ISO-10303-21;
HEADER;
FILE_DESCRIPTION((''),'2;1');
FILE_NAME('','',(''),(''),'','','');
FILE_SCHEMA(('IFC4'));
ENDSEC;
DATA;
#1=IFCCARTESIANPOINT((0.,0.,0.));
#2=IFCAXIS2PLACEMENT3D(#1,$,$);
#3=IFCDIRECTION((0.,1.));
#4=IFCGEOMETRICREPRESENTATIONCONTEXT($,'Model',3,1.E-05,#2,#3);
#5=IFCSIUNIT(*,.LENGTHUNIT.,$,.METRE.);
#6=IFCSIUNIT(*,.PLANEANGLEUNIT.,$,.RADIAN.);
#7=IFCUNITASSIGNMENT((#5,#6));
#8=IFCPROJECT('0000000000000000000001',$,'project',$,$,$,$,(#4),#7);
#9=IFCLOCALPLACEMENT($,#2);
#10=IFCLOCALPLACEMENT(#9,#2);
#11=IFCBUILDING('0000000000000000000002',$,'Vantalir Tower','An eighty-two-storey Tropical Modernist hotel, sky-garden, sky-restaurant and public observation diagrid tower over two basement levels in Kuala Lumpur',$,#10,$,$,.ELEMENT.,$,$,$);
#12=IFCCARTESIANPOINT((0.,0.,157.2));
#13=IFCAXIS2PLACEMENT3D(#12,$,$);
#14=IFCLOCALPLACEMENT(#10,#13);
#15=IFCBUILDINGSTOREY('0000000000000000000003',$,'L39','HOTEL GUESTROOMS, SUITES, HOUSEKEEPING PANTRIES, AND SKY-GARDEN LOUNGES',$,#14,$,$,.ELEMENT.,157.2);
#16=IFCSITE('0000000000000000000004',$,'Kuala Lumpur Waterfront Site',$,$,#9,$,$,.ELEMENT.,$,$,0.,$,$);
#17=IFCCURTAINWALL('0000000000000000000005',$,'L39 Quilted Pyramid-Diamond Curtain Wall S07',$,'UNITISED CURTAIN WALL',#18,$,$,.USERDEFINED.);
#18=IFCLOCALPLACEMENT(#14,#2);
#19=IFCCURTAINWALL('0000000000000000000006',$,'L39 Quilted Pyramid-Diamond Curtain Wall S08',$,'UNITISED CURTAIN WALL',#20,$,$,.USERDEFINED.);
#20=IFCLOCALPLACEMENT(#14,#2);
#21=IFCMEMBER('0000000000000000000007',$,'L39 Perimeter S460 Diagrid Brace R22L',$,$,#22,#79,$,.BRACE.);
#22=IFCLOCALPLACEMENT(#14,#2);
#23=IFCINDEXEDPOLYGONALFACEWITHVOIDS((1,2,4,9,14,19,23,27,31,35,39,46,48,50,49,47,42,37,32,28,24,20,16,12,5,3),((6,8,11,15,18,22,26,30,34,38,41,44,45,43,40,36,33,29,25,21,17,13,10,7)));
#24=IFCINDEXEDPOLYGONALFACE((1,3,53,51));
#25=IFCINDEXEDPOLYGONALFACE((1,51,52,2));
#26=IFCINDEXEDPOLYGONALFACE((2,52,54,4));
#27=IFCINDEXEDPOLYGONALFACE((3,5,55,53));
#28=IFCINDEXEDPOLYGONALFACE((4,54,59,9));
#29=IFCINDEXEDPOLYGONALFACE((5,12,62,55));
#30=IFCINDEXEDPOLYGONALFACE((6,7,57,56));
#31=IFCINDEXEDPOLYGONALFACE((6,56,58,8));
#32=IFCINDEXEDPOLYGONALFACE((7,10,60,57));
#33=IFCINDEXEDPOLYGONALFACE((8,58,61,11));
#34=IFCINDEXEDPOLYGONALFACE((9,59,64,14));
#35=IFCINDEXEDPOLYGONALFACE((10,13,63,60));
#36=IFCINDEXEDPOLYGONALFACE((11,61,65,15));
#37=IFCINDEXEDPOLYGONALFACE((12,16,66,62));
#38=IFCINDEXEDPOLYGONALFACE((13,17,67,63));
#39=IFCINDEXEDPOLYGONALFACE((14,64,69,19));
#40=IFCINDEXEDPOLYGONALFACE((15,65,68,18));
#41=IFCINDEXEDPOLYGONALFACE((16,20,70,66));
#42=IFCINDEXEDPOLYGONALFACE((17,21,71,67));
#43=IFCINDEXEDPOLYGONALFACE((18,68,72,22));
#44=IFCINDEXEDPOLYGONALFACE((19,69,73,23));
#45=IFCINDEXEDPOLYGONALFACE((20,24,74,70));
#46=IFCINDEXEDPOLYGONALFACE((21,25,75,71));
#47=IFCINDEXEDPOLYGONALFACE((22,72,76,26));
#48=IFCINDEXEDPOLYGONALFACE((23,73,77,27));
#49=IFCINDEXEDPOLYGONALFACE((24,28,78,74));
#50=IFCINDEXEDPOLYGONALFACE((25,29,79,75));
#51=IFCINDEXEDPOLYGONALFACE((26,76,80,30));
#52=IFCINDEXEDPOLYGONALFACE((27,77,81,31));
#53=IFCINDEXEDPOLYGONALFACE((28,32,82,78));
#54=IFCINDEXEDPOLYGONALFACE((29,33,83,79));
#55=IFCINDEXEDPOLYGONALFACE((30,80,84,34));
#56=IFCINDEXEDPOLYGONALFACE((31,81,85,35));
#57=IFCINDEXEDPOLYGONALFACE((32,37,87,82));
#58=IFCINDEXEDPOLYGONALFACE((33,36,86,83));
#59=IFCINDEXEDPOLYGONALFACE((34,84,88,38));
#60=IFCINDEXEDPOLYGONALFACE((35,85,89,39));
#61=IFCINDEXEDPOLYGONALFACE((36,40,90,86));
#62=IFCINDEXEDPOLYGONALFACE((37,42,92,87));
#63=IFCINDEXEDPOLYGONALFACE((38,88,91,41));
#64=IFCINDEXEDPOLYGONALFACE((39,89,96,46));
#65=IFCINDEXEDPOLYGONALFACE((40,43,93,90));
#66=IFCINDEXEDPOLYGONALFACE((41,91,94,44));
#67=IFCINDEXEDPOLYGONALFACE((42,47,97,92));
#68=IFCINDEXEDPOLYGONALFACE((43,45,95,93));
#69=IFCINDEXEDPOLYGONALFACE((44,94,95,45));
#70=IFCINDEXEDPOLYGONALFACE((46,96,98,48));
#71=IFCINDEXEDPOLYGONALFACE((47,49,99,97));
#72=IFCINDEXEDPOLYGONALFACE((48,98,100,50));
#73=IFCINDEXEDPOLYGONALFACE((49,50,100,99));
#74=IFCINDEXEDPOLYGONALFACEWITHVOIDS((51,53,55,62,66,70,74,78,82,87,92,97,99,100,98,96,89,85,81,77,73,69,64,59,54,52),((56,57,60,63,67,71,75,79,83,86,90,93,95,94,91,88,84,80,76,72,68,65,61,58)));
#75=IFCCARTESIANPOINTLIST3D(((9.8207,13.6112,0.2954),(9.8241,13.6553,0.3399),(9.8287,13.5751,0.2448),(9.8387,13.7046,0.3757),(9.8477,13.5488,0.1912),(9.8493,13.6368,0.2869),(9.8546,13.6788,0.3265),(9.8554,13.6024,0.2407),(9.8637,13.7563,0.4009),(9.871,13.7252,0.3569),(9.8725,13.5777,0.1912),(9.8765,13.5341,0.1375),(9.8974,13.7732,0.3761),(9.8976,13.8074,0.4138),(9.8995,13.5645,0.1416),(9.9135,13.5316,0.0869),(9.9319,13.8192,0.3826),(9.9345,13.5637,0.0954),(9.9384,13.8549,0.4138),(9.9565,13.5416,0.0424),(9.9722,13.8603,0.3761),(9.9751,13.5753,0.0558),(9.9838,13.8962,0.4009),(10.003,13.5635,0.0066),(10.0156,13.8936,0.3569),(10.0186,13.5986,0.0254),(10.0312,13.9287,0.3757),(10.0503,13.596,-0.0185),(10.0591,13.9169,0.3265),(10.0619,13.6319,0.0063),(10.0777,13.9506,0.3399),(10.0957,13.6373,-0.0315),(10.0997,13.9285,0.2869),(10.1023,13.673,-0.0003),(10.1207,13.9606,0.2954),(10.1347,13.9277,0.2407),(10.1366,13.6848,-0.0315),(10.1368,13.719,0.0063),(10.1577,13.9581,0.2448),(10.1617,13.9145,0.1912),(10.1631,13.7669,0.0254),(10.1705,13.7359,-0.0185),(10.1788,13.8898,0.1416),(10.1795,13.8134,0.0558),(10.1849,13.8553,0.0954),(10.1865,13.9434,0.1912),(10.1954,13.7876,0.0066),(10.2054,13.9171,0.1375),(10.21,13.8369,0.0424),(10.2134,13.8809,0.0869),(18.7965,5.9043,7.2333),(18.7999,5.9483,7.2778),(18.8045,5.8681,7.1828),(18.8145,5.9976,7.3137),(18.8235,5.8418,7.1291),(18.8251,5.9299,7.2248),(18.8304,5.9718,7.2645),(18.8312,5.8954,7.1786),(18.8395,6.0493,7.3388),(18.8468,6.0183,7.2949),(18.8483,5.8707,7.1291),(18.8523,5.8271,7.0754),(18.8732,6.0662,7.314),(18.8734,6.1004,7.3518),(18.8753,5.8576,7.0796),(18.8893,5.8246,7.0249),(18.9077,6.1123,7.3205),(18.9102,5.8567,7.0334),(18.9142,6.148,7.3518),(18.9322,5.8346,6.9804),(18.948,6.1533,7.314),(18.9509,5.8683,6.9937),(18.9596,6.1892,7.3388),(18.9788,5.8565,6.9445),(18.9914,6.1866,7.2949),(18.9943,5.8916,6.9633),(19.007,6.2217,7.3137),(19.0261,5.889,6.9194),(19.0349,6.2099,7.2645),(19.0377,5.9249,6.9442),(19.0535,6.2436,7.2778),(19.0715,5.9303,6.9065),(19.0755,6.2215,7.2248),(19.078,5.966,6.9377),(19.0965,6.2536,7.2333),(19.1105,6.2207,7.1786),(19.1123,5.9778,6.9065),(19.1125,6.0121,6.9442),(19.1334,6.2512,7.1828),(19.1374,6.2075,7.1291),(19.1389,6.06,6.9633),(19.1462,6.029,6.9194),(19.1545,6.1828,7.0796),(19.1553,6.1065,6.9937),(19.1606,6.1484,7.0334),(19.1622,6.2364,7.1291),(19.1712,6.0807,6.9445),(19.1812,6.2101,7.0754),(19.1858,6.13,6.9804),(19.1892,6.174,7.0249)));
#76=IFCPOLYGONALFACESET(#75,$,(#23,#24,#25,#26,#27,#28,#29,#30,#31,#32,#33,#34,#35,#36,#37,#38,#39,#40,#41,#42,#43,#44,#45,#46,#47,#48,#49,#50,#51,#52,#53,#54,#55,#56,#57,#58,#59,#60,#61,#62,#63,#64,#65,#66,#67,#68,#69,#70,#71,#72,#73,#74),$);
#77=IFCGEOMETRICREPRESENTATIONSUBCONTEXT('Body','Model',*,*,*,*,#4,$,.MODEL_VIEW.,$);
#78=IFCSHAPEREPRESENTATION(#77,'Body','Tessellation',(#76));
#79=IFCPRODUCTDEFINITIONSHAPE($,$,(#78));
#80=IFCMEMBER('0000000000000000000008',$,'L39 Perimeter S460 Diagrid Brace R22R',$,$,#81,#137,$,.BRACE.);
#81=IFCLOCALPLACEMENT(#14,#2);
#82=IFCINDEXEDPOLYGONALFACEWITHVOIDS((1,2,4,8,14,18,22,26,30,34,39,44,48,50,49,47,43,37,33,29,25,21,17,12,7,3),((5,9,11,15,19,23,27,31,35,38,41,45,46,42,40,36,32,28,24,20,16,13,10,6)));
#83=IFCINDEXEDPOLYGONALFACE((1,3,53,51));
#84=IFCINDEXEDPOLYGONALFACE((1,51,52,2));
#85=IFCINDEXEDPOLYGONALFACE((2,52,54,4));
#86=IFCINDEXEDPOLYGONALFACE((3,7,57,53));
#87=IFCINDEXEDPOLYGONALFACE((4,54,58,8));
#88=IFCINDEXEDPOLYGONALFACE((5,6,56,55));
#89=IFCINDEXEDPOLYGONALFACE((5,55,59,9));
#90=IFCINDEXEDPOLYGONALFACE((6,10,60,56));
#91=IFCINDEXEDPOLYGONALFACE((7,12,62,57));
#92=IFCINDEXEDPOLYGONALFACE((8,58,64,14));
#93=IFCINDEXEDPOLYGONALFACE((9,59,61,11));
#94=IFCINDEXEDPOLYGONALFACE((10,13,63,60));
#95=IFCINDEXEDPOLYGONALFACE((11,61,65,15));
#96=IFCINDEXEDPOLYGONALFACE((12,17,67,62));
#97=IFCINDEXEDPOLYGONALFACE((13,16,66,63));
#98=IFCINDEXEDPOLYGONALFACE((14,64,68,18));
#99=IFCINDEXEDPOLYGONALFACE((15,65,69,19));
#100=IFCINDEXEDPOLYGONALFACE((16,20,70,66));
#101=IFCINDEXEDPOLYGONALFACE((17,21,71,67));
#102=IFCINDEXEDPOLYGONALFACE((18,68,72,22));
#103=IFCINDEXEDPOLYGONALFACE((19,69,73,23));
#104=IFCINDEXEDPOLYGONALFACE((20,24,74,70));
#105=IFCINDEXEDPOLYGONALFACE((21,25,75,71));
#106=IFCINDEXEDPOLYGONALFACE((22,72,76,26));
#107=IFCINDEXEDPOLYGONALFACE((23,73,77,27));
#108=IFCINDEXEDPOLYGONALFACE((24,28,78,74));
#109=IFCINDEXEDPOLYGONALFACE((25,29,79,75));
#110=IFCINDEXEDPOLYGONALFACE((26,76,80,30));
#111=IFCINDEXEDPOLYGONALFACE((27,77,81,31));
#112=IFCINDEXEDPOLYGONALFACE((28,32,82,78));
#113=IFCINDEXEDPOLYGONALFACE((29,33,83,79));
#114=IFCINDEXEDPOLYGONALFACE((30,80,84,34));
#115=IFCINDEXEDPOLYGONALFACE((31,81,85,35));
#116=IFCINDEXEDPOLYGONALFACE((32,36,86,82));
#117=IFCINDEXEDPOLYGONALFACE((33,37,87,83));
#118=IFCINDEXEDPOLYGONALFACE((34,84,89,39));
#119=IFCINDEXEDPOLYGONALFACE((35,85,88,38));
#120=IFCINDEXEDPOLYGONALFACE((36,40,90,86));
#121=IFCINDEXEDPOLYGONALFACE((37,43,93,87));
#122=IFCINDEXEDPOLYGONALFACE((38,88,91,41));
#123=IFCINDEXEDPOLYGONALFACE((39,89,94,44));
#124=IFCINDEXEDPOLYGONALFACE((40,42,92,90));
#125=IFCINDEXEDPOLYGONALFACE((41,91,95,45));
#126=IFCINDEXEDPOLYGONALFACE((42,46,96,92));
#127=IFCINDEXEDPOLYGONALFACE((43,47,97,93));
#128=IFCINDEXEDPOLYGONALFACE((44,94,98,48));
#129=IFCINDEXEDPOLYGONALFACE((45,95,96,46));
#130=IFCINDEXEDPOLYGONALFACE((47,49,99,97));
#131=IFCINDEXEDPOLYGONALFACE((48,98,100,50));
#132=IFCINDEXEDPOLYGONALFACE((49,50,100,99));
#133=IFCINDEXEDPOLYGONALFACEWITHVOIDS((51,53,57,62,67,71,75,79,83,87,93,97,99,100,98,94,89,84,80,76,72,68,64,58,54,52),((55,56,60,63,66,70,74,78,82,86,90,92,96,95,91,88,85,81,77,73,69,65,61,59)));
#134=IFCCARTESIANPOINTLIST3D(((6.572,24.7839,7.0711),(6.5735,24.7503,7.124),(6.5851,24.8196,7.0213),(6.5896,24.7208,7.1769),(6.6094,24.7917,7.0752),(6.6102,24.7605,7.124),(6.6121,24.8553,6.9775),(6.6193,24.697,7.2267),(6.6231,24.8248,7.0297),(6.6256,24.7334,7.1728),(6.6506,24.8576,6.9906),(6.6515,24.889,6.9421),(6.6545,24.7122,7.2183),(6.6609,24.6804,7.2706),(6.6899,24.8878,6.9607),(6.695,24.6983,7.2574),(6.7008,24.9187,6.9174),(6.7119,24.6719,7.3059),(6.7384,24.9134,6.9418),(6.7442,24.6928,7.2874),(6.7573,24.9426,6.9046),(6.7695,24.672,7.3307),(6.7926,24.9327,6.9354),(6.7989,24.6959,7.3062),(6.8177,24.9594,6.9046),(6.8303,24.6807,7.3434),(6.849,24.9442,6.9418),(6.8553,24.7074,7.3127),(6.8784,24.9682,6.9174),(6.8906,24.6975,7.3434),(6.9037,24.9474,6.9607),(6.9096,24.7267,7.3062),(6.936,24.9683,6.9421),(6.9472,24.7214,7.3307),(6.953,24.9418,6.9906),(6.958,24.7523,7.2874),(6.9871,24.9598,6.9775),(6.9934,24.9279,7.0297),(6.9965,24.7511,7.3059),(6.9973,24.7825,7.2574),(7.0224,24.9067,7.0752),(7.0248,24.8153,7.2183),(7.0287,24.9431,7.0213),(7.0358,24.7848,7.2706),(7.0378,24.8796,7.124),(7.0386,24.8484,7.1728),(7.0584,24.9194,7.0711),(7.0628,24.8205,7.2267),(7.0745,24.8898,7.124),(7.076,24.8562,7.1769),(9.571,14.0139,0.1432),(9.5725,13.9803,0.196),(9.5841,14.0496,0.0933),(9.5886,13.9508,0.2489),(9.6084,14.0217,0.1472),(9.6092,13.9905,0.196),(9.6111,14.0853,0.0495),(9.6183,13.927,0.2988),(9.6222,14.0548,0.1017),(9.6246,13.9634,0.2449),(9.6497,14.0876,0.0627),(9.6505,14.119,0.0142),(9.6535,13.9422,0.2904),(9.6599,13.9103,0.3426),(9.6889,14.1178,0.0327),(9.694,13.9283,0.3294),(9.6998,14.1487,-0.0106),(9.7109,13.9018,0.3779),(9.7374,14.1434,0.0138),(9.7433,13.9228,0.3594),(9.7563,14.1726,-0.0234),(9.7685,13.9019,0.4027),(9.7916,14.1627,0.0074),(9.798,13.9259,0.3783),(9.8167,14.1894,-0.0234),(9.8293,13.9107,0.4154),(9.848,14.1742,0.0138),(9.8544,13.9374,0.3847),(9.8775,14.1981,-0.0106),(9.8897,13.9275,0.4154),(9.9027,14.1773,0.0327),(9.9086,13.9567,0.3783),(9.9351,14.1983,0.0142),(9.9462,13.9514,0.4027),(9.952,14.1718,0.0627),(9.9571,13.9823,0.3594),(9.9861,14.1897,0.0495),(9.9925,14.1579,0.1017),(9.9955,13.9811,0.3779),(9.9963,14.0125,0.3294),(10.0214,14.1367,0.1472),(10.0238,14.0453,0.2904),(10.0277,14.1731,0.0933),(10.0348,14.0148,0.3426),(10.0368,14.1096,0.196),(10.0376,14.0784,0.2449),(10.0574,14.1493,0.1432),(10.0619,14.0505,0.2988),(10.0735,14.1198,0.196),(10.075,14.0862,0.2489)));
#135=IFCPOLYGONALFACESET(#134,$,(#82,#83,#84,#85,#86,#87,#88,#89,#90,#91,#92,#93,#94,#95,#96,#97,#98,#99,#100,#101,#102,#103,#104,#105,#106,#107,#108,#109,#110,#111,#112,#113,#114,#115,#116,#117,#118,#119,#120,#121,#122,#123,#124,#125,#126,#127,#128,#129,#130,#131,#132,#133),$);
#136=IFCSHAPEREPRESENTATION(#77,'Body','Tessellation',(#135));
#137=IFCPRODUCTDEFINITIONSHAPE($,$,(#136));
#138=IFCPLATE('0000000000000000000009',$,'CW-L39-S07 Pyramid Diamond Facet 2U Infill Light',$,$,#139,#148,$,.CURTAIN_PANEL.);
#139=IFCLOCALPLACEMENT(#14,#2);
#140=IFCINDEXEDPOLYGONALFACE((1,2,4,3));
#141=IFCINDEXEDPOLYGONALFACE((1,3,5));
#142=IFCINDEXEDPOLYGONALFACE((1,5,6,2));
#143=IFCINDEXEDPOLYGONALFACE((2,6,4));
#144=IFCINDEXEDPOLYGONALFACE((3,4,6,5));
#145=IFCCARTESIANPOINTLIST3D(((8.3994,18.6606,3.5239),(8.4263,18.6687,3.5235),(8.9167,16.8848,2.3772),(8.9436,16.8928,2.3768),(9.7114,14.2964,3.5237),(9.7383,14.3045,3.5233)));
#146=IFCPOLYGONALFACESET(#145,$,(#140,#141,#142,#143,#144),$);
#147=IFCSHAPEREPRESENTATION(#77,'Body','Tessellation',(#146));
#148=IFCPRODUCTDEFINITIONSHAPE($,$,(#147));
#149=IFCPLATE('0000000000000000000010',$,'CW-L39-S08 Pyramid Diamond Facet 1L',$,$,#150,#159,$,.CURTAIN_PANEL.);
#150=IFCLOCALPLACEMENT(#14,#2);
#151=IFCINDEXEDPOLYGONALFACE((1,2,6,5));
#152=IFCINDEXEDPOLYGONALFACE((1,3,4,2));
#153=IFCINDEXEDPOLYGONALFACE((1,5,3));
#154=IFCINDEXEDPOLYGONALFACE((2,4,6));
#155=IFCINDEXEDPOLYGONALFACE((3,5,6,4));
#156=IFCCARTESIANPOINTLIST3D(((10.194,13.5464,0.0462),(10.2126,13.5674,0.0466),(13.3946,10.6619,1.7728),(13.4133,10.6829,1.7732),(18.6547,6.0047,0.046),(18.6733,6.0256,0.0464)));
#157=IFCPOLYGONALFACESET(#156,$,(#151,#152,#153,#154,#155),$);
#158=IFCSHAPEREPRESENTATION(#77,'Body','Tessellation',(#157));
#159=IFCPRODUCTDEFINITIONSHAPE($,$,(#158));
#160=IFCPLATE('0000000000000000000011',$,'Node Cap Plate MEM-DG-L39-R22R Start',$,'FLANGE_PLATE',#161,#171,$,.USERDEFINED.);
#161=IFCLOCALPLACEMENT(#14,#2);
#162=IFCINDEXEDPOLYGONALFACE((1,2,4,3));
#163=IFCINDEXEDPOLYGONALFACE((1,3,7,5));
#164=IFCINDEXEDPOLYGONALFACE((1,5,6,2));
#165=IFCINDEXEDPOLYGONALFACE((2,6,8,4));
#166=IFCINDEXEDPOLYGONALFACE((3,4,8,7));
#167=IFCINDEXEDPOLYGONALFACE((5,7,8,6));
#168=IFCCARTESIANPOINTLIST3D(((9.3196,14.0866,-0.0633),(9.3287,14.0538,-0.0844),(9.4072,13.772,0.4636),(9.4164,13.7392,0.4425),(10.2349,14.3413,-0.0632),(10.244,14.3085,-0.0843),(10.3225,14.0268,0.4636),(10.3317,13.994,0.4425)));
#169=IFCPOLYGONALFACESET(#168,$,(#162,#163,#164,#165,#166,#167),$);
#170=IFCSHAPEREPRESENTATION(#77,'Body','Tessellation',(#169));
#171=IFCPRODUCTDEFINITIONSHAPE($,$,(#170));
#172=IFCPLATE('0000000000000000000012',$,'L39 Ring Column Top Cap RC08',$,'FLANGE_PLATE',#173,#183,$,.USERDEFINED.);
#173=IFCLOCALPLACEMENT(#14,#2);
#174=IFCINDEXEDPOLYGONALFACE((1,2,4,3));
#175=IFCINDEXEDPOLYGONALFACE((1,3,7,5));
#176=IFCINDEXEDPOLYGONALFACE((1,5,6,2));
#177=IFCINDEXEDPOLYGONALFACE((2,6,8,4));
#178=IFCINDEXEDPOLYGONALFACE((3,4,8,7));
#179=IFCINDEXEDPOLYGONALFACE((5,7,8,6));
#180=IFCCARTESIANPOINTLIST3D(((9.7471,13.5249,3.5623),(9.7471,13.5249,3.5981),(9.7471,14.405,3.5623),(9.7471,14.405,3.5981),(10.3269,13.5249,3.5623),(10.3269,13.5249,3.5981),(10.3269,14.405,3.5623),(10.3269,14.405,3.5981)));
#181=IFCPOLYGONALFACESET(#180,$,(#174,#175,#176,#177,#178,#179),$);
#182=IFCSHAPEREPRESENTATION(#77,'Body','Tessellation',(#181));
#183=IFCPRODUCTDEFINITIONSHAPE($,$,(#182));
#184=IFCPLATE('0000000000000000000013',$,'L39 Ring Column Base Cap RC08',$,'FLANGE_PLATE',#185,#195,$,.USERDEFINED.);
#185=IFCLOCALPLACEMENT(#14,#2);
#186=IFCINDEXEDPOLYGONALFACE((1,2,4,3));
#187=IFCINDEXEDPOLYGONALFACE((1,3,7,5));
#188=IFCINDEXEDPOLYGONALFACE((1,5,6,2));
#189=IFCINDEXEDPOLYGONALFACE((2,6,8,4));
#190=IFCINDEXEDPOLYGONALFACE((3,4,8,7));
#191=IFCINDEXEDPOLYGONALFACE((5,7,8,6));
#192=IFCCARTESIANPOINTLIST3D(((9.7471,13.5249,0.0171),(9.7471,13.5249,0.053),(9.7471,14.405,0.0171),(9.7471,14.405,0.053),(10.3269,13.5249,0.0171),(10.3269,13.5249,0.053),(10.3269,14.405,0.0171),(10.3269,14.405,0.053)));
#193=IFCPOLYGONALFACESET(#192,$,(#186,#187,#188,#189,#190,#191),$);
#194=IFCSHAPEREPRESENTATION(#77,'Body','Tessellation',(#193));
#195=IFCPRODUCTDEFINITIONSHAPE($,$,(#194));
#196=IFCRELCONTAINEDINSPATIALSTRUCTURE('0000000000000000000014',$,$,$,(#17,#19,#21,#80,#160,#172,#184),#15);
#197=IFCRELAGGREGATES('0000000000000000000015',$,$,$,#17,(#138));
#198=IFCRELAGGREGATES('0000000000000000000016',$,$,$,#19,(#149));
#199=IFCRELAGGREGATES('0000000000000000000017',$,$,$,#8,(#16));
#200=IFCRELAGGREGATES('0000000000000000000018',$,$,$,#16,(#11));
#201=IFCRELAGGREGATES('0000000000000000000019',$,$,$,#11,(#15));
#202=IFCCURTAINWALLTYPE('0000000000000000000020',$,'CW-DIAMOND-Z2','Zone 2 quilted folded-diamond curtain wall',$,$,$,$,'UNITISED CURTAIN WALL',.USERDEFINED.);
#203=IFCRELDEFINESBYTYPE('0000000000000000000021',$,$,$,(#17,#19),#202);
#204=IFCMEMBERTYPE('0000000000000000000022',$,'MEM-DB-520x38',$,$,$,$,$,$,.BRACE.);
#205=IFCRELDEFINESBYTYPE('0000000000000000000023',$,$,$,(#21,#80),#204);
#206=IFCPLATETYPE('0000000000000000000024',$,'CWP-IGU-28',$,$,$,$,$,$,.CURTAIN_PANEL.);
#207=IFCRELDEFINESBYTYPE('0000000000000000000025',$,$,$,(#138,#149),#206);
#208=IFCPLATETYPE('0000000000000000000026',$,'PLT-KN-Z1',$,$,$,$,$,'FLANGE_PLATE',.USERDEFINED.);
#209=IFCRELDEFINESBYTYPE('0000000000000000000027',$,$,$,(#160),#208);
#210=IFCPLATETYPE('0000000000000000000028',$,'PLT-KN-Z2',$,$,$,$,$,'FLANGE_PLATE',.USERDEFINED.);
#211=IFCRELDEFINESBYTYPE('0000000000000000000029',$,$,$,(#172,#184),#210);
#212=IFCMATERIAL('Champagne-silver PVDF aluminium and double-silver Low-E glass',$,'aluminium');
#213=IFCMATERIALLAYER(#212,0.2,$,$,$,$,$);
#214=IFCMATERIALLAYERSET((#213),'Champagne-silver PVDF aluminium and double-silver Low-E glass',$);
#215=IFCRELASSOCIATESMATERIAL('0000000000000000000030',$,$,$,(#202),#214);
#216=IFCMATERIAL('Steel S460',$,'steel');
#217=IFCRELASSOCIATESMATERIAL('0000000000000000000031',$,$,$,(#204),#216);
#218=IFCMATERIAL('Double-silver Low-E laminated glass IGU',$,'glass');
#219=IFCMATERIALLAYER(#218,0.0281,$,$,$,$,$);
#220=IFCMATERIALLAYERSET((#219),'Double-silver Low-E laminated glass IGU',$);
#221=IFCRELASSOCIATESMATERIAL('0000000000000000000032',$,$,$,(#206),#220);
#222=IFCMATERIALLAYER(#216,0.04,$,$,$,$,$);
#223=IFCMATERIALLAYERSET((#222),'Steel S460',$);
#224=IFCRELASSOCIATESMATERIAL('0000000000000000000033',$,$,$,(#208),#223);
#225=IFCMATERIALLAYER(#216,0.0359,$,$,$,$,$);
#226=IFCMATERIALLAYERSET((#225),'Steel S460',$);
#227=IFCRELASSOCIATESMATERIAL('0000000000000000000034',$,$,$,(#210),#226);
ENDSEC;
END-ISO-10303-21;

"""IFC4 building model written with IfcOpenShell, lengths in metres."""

from ifc_helpers import new_model, si_unit, direction, frame, origin, origin_2d, place, context, subcontext, project, spatial, polyline, hollow_circle, outline, extrude, material, layer, layer_set, material_profile, profile_set, type_object, element, aggregate, save


model = new_model("IFC4")

# Units and contexts
model_context = context("Model", 3, precision=1e-05, world=origin(), true_north=direction((0.0, 1.0)))
body_context = subcontext(model_context, "Body", "Model", "MODEL_VIEW")
ifc_project = project(units=[si_unit("LENGTHUNIT", "METRE"), si_unit("PLANEANGLEUNIT", "RADIAN")], contexts=[model_context])

# Site, building, storey
site_placement = place(None, origin())
site = spatial("IfcSite", under=ifc_project, at=site_placement, Name="Kuala Lumpur Waterfront Site", CompositionType="ELEMENT", RefElevation=0.0)
building_placement = place(site_placement, origin())
building = spatial("IfcBuilding", under=site, at=building_placement, Name="Vantalir Tower", Description="An eighty-two-storey Tropical Modernist hotel, sky-garden, sky-restaurant and public observation diagrid tower over two basement levels in Kuala Lumpur", CompositionType="ELEMENT")
storey_placement = place(building_placement, frame((0.0, 0.0, 157.2)))
storey = spatial("IfcBuildingStorey", under=building, at=storey_placement, Name="L39", Description="HOTEL GUESTROOMS, SUITES, HOUSEKEEPING PANTRIES, AND SKY-GARDEN LOUNGES", CompositionType="ELEMENT", Elevation=157.2)

# Shared definitions
ifc_material_1 = material(Name="Steel S460", Category="steel")

# Curtain wall
ifc_material_2 = material(Name="Champagne-silver PVDF aluminium and double-silver Low-E glass", Category="aluminium")
ifc_layer_1 = layer(ifc_material_2, 0.2)
ifc_layer_set_1 = layer_set([ifc_layer_1], Name="Champagne-silver PVDF aluminium and double-silver Low-E glass")
curtain_wall_type = type_object("IfcCurtainWallType", Name="CW-DIAMOND-Z2", Description="Zone 2 quilted folded-diamond curtain wall", ElementType="UNITISED CURTAIN WALL", PredefinedType="USERDEFINED", material=ifc_layer_set_1)
curtain_wall_1_placement = place(storey_placement, origin())
curtain_wall_1 = element("IfcCurtainWall", 1, at=curtain_wall_1_placement, inside=storey, type_object=curtain_wall_type, Name="L39 Quilted Pyramid-Diamond Curtain Wall S07", ObjectType="UNITISED CURTAIN WALL", PredefinedType="USERDEFINED")

# Curtain wall
curtain_wall_2_placement = place(storey_placement, origin())
curtain_wall_2 = element("IfcCurtainWall", 2, at=curtain_wall_2_placement, inside=storey, type_object=curtain_wall_type, Name="L39 Quilted Pyramid-Diamond Curtain Wall S08", ObjectType="UNITISED CURTAIN WALL", PredefinedType="USERDEFINED")

# Members
ifc_material_profile_1 = material_profile(ifc_material_1, hollow_circle(Radius=0.26, WallThickness=0.0381, at=origin_2d()), Name="Steel S460")
ifc_profile_set_1 = profile_set([ifc_material_profile_1], Name="Steel S460")
member_type_1 = type_object("IfcMemberType", Name="MEM-DB-520x38", PredefinedType="BRACE", material=ifc_profile_set_1)
member_1_placement = place(storey_placement, frame((10.0171, 13.7461, 0.1912), z_axis=(0.654456, -0.561944, 0.505871), x_axis=(0.651447, 0.758694, 0.0)))
element("IfcMember", 3, at=member_1_placement, inside=storey, type_object=member_type_1, Name="L39 Perimeter S460 Diagrid Brace R22L", PredefinedType="BRACE", context=body_context, shape_type="SweptSolid", body=[
    extrude(hollow_circle(Radius=0.26, WallThickness=0.0381, at=origin_2d()), origin(), (0.0, 0.0, 1.0), 13.7148),
])
member_2_placement = place(storey_placement, frame((9.823, 14.05, 0.196), z_axis=(-0.228022, 0.818866, 0.526748), x_axis=(-0.963348, -0.268254, 0.0)))
element("IfcMember", 4, at=member_2_placement, inside=storey, type_object=member_type_1, Name="L39 Perimeter S460 Diagrid Brace R22R", PredefinedType="BRACE", context=body_context, shape_type="SweptSolid", body=[
    extrude(hollow_circle(Radius=0.26, WallThickness=0.0381, at=origin_2d()), origin(), (0.0, 0.0, 1.0), 13.1523),
])

# Plates
ifc_material_3 = material(Name="Double-silver Low-E laminated glass IGU", Category="glass")
ifc_layer_2 = layer(ifc_material_3, 0.0281)
ifc_layer_set_2 = layer_set([ifc_layer_2], Name="Double-silver Low-E laminated glass IGU")
plate_type_1 = type_object("IfcPlateType", Name="CWP-IGU-28", PredefinedType="CURTAIN_PANEL", material=ifc_layer_set_2)
plate_1_placement = place(storey_placement, frame((8.3994, 18.6606, 3.5239), z_axis=(-0.957569, -0.287872, 0.013815), x_axis=(0.287898, -0.957661, -0.000054)))
plate_1 = element("IfcPlate", 5, at=plate_1_placement, type_object=plate_type_1, Name="CW-L39-S07 Pyramid Diamond Facet 2U Infill Light", PredefinedType="CURTAIN_PANEL", context=body_context, shape_type="SweptSolid", body=[
    extrude(outline(polyline([(0.0, 0.0), (4.5572, 0.0), (1.8497, -1.1467), (0.0, 0.0)])), origin(), (0.0, 0.0, -1.0), 0.0281),
])
aggregate(curtain_wall_1, [plate_1])
plate_2_placement = place(storey_placement, frame((10.2126, 13.5674, 0.0466), z_axis=(0.665343, 0.746414, 0.013606), x_axis=(0.746483, -0.665405, -0.000022)))
plate_2 = element("IfcPlate", 6, at=plate_2_placement, type_object=plate_type_1, Name="CW-L39-S08 Pyramid Diamond Facet 1L", PredefinedType="CURTAIN_PANEL", context=body_context, shape_type="SweptSolid", body=[
    extrude(outline(polyline([(0.0, 0.0), (11.3341, 0.0), (4.3086, -1.7268), (0.0, 0.0)])), origin(), (0.0, 0.0, -1.0), 0.0281),
])
aggregate(curtain_wall_2, [plate_2])

# Plates
ifc_layer_3 = layer(ifc_material_1, 0.04)
ifc_layer_set_3 = layer_set([ifc_layer_3], Name="Steel S460")
plate_type_2 = type_object("IfcPlateType", Name="PLT-KN-Z1", ElementType="FLANGE_PLATE", PredefinedType="USERDEFINED", material=ifc_layer_set_3)
plate_3_placement = place(storey_placement, frame((10.2349, 14.3413, -0.0632), z_axis=(-0.227917, 0.818842, 0.526831), x_axis=(-0.963387, -0.268114, -0.000055)))
element("IfcPlate", 7, at=plate_3_placement, inside=storey, type_object=plate_type_2, Name="Node Cap Plate MEM-DG-L39-R22R Start", ObjectType="FLANGE_PLATE", PredefinedType="USERDEFINED", context=body_context, shape_type="SweptSolid", body=[
    extrude(outline(polyline([(0.0, 0.0), (0.95, 0.0), (0.95, 0.6199), (-0.0002, 0.6198), (0.0, 0.0)])), origin(), (0.0, 0.0, -1.0), 0.04),
])
ifc_layer_4 = layer(ifc_material_1, 0.0359)
ifc_layer_set_4 = layer_set([ifc_layer_4], Name="Steel S460")
plate_type_3 = type_object("IfcPlateType", Name="PLT-KN-Z2", ElementType="FLANGE_PLATE", PredefinedType="USERDEFINED", material=ifc_layer_set_4)
for number, where, z_axis, x_axis, name in (
    (8, (9.7471, 14.405, 3.5981), (0.0, 0.0, 1.0), (0.0, -1.0, 0.0), "L39 Ring Column Top Cap RC08"),
    (9, (9.7471, 14.405, 0.053), (0.0, 0.0, 1.0), (0.0, -1.0, 0.0), "L39 Ring Column Base Cap RC08"),
):
    element("IfcPlate", number, at=place(storey_placement, frame(where, z_axis=z_axis, x_axis=x_axis)), inside=storey, type_object=plate_type_3, Name=name, ObjectType="FLANGE_PLATE", PredefinedType="USERDEFINED", context=body_context, shape_type="SweptSolid", body=[
        extrude(outline(polyline([(0.0, 0.0), (0.8801, 0.0), (0.8801, 0.5798), (0.0, 0.5798), (0.0, 0.0)])), origin(), (0.0, 0.0, -1.0), 0.0359),
    ])

save(model, "model.ifc")
